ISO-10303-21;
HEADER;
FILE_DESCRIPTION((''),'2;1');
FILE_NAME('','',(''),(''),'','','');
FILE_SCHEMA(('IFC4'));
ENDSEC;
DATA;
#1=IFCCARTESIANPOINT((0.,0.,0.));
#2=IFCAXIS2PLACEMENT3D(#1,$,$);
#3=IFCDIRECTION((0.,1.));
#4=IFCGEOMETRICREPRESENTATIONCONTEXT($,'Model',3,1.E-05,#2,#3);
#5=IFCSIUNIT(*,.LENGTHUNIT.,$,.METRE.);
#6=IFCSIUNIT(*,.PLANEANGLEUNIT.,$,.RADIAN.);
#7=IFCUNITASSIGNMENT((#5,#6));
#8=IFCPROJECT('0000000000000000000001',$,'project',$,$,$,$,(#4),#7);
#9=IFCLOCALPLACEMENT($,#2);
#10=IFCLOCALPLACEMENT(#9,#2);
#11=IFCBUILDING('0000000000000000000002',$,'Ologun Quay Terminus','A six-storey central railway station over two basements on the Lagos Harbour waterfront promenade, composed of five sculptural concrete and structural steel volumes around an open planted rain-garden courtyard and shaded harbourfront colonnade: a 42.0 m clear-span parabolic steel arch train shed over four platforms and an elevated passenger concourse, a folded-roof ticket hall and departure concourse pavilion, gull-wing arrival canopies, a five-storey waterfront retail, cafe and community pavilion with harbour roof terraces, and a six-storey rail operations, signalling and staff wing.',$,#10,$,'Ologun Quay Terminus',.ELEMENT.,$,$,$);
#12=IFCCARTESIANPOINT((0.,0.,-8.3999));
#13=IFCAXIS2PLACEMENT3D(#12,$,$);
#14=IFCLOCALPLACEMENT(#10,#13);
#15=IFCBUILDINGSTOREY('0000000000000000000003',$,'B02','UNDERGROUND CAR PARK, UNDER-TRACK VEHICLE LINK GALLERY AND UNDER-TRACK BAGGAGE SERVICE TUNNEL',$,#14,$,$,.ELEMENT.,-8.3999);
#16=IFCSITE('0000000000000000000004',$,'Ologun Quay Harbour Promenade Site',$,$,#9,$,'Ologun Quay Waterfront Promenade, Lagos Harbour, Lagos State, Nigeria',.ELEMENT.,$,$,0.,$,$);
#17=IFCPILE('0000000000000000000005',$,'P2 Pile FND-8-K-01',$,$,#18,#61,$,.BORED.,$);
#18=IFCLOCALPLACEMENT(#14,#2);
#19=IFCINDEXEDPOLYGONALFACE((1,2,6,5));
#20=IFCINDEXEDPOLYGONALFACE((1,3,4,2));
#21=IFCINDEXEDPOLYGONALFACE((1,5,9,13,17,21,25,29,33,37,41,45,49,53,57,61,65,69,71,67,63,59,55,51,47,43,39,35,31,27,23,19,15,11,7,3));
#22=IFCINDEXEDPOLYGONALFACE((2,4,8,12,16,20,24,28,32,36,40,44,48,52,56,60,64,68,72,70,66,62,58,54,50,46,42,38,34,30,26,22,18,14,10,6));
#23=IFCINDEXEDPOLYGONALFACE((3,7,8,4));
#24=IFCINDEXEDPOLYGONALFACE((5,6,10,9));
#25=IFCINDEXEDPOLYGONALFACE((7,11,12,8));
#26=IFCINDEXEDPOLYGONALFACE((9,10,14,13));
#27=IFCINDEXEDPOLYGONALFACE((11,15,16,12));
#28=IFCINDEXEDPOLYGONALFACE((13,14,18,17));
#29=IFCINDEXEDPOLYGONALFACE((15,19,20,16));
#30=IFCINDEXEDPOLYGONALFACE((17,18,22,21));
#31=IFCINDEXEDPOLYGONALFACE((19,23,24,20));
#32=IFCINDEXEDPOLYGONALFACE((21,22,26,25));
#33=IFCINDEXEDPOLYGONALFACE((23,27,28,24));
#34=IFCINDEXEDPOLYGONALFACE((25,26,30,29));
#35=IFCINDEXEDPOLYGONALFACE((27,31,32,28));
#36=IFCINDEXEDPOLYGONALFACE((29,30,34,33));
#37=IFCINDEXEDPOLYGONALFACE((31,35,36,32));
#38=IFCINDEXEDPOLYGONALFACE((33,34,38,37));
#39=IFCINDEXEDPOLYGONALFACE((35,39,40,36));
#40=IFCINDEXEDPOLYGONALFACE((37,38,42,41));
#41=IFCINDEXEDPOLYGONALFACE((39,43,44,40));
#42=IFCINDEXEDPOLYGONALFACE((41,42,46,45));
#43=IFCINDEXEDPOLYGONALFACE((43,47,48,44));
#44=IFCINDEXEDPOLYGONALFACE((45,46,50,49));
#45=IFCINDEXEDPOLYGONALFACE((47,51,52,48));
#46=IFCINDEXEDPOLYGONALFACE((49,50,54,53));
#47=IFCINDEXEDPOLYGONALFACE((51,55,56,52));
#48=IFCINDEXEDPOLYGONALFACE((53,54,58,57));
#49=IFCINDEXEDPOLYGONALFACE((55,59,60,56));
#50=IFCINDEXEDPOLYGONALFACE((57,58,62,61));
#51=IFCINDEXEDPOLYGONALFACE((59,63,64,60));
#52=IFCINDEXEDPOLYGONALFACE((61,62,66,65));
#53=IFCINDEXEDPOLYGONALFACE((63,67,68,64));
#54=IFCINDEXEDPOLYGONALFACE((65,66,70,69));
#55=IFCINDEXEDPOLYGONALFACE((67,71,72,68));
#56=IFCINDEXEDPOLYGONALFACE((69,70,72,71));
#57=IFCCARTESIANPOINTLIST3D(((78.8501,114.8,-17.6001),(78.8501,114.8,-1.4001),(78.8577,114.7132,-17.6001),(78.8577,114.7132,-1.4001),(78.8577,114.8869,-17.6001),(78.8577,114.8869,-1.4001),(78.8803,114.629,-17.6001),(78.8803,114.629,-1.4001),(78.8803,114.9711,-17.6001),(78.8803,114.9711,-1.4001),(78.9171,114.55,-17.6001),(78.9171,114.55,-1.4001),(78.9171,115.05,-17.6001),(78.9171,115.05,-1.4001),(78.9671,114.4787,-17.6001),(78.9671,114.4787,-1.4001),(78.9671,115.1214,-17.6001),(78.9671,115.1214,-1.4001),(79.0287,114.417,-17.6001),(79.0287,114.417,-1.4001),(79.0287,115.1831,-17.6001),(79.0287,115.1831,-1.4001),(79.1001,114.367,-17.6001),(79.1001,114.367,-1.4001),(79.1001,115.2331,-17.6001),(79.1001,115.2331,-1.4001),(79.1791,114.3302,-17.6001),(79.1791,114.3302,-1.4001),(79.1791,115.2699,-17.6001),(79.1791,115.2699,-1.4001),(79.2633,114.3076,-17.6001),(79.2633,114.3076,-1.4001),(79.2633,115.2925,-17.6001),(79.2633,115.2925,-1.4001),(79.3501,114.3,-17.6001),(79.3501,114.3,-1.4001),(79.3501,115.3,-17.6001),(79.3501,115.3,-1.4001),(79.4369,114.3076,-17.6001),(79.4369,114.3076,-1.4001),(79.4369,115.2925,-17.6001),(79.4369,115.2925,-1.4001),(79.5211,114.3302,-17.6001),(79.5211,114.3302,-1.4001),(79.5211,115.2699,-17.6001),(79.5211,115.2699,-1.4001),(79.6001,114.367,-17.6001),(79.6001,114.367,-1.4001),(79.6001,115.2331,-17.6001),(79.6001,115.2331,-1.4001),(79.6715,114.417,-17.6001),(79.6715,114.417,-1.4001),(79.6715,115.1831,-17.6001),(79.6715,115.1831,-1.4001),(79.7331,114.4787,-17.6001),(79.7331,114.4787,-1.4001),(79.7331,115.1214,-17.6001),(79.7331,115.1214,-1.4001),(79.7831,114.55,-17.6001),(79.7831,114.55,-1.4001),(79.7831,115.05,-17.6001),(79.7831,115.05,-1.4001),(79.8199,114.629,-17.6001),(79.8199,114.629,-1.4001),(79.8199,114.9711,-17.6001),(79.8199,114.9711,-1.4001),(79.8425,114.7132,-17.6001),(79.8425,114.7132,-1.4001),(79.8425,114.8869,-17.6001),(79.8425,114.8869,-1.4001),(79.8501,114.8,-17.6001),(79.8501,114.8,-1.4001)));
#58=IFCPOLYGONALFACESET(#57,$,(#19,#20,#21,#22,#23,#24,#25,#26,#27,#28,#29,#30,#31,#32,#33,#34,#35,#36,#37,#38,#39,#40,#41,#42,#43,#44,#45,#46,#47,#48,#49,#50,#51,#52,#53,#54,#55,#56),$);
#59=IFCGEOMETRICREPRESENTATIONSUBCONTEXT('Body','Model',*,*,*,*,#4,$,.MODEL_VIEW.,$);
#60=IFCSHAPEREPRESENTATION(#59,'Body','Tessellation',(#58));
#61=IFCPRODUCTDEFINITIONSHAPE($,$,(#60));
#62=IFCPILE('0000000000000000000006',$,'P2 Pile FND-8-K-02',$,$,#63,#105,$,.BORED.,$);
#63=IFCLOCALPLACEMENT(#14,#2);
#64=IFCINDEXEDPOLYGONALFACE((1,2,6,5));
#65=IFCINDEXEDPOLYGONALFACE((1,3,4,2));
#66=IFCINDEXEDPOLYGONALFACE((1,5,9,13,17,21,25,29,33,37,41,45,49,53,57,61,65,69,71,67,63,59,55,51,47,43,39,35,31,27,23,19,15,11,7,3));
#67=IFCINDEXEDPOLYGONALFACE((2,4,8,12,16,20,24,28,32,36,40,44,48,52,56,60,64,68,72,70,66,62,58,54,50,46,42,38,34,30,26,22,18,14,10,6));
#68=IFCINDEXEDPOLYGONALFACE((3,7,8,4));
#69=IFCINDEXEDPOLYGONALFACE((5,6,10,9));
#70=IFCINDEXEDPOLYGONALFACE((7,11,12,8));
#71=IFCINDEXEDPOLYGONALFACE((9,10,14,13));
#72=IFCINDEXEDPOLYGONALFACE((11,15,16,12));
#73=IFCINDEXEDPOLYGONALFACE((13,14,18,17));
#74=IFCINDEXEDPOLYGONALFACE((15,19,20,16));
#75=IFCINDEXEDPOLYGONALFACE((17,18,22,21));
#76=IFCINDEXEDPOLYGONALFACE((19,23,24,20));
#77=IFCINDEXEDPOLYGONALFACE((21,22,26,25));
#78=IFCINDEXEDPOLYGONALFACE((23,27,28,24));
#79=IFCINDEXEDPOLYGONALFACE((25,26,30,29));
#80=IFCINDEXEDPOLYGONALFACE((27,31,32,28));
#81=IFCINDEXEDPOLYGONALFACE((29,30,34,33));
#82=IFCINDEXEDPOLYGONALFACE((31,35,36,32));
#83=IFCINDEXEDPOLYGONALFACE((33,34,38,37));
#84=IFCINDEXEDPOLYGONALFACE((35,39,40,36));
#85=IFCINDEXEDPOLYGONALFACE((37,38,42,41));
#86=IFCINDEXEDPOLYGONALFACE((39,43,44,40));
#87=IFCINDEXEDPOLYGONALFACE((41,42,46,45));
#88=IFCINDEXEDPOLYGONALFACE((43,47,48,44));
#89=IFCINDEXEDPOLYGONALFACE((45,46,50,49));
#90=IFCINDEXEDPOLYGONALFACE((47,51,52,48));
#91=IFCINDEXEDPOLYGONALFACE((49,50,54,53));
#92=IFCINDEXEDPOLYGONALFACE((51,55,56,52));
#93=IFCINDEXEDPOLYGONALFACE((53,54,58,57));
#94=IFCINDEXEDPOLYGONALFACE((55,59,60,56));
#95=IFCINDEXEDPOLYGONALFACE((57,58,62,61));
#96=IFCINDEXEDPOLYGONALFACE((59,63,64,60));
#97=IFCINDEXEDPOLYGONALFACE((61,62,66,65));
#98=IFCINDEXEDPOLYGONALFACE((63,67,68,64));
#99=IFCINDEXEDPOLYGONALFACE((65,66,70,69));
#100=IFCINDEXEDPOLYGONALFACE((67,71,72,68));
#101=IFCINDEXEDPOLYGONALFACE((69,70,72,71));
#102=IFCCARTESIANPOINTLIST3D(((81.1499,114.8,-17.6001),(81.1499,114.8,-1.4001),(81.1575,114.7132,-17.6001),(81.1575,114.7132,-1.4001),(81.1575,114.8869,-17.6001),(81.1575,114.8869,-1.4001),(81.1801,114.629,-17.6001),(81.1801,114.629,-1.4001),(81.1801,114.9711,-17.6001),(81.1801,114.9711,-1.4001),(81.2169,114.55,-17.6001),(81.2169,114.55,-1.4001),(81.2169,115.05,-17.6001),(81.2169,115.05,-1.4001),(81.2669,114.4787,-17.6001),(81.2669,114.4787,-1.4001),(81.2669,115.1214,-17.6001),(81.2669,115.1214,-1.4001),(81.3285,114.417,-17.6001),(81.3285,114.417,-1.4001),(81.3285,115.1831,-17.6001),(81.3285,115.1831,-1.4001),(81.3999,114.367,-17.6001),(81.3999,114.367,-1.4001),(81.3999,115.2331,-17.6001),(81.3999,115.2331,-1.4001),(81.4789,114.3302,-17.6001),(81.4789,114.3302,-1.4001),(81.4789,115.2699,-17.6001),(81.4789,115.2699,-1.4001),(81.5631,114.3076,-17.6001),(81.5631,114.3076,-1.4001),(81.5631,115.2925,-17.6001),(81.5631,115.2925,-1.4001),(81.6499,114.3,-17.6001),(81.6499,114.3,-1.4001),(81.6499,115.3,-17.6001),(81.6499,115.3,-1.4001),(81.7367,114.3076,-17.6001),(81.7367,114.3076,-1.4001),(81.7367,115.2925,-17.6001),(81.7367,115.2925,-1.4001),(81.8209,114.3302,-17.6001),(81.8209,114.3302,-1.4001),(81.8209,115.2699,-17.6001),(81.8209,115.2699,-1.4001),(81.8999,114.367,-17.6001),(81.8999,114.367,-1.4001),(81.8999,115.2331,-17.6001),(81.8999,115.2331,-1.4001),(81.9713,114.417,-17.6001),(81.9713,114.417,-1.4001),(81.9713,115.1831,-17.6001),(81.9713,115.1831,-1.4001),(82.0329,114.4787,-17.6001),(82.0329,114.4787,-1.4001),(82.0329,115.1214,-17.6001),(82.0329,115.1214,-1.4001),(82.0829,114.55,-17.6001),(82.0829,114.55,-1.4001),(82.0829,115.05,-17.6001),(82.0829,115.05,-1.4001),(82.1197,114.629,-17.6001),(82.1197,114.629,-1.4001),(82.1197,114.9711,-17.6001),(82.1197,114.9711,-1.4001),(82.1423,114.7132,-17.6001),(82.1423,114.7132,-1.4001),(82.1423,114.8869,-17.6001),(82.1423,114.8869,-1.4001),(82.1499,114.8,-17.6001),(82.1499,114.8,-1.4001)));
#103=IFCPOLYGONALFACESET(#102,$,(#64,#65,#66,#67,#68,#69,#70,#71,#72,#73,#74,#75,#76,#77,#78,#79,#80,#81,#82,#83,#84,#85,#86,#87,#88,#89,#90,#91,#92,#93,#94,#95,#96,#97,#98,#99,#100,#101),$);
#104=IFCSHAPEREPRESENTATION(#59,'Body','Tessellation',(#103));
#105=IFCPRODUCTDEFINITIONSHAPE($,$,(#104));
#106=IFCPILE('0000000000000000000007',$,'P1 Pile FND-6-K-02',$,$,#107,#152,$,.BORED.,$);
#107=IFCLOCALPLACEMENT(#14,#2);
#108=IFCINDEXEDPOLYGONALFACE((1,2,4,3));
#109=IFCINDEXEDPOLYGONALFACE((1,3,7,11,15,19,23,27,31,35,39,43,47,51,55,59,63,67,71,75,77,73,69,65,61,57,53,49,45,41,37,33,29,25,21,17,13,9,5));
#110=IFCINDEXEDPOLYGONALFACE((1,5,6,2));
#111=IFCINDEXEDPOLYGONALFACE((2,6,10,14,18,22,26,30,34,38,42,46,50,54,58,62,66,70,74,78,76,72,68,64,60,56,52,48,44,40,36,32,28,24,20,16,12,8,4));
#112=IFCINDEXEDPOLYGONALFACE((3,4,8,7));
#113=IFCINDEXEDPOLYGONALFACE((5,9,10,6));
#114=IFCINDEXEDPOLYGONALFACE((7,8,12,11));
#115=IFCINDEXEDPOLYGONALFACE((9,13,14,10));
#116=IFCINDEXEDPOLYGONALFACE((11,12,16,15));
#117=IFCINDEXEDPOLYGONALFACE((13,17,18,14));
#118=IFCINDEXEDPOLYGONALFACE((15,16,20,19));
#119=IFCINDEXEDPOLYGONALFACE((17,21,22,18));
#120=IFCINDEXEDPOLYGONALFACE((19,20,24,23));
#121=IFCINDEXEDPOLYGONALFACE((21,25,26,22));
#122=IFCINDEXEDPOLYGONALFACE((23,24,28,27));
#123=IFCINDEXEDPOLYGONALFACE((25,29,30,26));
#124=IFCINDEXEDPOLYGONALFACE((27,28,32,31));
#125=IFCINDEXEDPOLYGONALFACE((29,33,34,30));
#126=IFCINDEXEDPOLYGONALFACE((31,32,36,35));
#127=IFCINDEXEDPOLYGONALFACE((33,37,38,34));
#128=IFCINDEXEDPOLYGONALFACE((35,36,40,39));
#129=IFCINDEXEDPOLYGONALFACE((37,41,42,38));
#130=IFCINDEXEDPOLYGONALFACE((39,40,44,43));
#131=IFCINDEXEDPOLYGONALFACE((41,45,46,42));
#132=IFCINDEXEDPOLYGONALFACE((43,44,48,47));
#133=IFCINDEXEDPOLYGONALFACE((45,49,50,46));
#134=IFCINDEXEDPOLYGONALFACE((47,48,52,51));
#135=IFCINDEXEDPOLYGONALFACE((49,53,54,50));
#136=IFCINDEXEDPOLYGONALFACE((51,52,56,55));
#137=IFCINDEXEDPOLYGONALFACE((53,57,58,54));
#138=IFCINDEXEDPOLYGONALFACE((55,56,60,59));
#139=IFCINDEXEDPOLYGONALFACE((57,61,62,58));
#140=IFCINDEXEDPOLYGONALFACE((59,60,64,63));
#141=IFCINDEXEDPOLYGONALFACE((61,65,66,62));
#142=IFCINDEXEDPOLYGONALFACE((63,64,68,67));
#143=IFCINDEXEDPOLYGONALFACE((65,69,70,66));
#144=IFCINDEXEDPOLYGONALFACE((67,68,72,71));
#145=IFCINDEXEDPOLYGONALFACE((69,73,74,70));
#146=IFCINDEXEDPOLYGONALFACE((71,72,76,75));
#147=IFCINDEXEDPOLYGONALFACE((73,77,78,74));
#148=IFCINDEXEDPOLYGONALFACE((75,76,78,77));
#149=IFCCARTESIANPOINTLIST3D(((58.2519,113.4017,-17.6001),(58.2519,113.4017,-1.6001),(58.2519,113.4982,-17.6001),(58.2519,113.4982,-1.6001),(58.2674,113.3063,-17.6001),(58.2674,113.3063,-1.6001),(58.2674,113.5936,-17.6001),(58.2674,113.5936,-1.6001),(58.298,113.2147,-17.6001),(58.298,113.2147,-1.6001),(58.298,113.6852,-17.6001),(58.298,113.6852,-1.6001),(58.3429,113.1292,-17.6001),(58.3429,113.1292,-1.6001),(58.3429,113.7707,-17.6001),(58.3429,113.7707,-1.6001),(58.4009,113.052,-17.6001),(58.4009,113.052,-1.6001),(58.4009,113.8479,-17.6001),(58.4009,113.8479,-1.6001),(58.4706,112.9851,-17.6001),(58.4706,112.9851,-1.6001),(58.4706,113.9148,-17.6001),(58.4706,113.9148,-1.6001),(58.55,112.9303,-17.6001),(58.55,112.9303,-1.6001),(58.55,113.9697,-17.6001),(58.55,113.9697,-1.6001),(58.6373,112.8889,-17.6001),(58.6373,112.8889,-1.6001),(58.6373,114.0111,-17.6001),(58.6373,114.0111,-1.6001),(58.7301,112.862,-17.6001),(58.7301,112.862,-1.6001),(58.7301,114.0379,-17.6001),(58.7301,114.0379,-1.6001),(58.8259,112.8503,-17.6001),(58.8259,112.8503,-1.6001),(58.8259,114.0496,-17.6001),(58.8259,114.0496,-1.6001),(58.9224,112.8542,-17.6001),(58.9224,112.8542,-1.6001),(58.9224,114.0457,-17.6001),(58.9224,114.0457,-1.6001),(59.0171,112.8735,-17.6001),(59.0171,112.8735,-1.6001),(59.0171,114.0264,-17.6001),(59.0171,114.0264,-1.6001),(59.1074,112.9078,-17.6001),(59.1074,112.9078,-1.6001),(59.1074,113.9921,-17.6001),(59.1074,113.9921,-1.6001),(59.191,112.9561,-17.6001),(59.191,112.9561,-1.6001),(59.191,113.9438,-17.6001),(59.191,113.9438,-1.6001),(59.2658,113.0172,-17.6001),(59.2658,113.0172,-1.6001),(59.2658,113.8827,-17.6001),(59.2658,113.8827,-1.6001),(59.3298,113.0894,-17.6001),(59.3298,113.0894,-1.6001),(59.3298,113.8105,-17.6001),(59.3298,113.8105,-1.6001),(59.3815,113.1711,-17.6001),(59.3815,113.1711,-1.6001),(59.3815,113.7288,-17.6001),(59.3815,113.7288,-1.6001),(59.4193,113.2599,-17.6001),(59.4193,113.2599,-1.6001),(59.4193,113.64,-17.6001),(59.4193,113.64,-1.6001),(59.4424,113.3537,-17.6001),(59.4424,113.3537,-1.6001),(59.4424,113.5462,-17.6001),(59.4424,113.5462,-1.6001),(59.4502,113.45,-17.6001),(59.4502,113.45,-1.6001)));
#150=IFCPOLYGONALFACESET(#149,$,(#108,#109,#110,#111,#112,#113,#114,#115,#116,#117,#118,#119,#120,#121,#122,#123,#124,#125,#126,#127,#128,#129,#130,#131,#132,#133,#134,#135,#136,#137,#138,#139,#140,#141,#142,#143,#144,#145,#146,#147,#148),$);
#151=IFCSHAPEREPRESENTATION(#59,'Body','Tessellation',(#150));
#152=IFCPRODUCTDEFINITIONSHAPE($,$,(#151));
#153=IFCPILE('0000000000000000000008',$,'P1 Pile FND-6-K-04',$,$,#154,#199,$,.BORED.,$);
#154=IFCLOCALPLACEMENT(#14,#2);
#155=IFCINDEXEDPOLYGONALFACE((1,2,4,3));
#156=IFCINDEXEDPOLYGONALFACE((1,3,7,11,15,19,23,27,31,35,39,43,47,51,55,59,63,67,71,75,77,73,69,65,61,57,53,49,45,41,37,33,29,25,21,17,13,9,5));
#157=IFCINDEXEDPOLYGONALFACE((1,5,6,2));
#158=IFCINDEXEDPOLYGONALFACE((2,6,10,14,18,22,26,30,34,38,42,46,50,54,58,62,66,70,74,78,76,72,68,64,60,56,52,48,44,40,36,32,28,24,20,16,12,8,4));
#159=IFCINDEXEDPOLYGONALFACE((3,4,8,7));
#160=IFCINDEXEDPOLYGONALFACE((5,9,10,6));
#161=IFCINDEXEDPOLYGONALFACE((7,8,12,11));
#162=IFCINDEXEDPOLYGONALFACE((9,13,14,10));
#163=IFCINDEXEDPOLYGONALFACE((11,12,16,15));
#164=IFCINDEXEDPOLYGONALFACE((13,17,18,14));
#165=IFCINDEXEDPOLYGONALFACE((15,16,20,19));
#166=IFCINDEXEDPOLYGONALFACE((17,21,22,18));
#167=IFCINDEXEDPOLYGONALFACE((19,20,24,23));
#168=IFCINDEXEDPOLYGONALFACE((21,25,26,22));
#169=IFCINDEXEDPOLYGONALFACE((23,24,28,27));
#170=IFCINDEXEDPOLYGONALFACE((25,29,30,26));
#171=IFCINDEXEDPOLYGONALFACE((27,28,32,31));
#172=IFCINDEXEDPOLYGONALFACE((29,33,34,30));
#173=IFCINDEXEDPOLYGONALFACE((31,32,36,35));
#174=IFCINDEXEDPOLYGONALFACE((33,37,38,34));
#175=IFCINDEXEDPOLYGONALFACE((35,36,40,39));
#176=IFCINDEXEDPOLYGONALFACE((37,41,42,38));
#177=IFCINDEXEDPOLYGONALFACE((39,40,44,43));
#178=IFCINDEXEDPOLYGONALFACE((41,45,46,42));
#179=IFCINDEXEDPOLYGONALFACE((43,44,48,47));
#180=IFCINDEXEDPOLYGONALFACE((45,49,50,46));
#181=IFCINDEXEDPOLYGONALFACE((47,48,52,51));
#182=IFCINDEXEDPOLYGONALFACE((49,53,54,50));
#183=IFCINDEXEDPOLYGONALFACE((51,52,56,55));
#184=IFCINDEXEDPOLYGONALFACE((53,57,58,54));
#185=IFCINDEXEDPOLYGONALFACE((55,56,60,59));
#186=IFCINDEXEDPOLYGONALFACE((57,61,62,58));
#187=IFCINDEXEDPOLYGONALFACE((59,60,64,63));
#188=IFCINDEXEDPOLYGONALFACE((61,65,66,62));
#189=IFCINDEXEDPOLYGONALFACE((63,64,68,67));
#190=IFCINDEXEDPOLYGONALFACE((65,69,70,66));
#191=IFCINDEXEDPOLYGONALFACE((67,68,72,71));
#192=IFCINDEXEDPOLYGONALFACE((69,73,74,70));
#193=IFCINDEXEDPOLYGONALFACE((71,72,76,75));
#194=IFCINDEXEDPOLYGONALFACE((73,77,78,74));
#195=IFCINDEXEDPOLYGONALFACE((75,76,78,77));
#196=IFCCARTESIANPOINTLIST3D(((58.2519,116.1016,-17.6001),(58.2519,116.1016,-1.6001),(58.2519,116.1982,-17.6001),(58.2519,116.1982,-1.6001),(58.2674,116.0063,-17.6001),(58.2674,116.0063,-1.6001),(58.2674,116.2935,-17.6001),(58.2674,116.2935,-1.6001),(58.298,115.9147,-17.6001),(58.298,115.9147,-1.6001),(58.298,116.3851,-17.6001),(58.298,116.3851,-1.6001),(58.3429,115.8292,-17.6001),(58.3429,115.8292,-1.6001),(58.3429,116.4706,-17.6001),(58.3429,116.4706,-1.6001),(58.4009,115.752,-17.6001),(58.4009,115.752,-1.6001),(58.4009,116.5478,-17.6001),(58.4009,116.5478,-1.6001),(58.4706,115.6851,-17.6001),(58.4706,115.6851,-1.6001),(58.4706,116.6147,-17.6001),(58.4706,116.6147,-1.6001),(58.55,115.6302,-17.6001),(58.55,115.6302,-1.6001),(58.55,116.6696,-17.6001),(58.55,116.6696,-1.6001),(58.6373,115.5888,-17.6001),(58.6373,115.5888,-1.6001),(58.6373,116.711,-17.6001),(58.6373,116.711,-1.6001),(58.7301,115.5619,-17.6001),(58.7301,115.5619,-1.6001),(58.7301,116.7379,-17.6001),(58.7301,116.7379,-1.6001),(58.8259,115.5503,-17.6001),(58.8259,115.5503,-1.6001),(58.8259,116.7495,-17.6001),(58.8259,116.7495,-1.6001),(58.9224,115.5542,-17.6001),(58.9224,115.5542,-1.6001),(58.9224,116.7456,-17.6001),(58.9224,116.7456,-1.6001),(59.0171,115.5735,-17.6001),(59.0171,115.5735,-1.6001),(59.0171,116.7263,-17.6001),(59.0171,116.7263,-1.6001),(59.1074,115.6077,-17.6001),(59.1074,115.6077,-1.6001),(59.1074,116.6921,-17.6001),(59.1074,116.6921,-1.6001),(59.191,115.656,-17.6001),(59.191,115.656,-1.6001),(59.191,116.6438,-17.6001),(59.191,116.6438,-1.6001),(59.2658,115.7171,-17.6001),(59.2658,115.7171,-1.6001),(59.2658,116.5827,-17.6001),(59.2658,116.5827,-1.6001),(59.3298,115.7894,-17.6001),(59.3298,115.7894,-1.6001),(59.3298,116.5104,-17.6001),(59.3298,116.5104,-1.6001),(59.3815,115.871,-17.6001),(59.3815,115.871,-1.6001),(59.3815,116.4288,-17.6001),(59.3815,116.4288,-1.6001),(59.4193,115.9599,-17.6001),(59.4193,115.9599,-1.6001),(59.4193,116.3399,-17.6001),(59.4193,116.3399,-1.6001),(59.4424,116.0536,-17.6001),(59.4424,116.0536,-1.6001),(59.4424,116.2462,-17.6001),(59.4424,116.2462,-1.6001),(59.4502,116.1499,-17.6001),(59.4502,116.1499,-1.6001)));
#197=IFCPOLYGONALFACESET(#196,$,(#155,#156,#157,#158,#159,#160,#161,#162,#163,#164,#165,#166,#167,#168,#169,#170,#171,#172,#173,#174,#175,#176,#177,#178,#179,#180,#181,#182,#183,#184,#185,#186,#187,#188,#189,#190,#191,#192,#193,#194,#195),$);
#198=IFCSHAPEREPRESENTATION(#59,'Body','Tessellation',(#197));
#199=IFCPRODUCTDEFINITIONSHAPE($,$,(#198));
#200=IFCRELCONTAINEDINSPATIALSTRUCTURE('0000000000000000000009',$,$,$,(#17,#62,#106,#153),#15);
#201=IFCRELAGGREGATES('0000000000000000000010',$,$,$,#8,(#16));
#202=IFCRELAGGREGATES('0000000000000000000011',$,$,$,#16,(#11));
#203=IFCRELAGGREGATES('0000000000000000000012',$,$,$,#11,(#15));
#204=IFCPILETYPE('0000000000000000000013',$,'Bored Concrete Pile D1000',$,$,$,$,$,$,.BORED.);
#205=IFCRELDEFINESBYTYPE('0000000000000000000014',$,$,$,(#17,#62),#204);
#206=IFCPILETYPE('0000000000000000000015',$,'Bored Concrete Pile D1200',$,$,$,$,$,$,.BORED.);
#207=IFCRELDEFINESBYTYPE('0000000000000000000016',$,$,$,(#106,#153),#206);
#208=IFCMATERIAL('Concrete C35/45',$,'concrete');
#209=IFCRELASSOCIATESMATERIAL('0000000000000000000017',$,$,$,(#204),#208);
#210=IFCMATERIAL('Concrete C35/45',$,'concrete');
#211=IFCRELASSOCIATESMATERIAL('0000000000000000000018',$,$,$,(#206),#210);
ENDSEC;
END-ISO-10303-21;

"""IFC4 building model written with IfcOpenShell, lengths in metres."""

from ifc_helpers import new_model, si_unit, direction, frame, origin, origin_2d, place, context, subcontext, project, spatial, circle, extrude, material, material_profile, profile_set, type_object, element, save


model = new_model("IFC4")

# Units and contexts
model_context = context("Model", 3, precision=1e-05, world=origin(), true_north=direction((0.0, 1.0)))
body_context = subcontext(model_context, "Body", "Model", "MODEL_VIEW")
ifc_project = project(units=[si_unit("LENGTHUNIT", "METRE"), si_unit("PLANEANGLEUNIT", "RADIAN")], contexts=[model_context])

# Site, building, storey
site_placement = place(None, origin())
site = spatial("IfcSite", under=ifc_project, at=site_placement, Name="Ologun Quay Harbour Promenade Site", LongName="Ologun Quay Waterfront Promenade, Lagos Harbour, Lagos State, Nigeria", CompositionType="ELEMENT", RefElevation=0.0)
building_placement = place(site_placement, origin())
building = spatial("IfcBuilding", under=site, at=building_placement, Name="Ologun Quay Terminus", Description="A six-storey central railway station over two basements on the Lagos Harbour waterfront promenade, composed of five sculptural concrete and structural steel volumes around an open planted rain-garden courtyard and shaded harbourfront colonnade: a 42.0 m clear-span parabolic steel arch train shed over four platforms and an elevated passenger concourse, a folded-roof ticket hall and departure concourse pavilion, gull-wing arrival canopies, a five-storey waterfront retail, cafe and community pavilion with harbour roof terraces, and a six-storey rail operations, signalling and staff wing.", LongName="Ologun Quay Terminus", CompositionType="ELEMENT")
storey_placement = place(building_placement, frame((0.0, 0.0, -8.3999)))
storey = spatial("IfcBuildingStorey", under=building, at=storey_placement, Name="B02", Description="UNDERGROUND CAR PARK, UNDER-TRACK VEHICLE LINK GALLERY AND UNDER-TRACK BAGGAGE SERVICE TUNNEL", CompositionType="ELEMENT", Elevation=-8.3999)

# Piles
ifc_material_1 = material(Name="Concrete C35/45", Category="concrete")
ifc_material_profile_1 = material_profile(ifc_material_1, circle(Radius=0.5, at=origin_2d()), Name="PILE D1000")
ifc_profile_set_1 = profile_set([ifc_material_profile_1], Name="Concrete C35/45")
pile_type_1 = type_object("IfcPileType", Name="Bored Concrete Pile D1000", PredefinedType="BORED", material=ifc_profile_set_1)
for number, where, z_axis, x_axis, name in (
    (1, (79.3501, 114.8, -1.4001), (0.0, 0.0, -1.0), (1.0, 0.0, 0.0), "P2 Pile FND-8-K-01"),
    (2, (81.6499, 114.8, -1.4001), (0.0, 0.0, -1.0), (1.0, 0.0, 0.0), "P2 Pile FND-8-K-02"),
):
    element("IfcPile", number, at=place(storey_placement, frame(where, z_axis=z_axis, x_axis=x_axis)), inside=storey, type_object=pile_type_1, Name=name, PredefinedType="BORED", context=body_context, shape_type="SweptSolid", body=[
        extrude(circle(Radius=0.5, at=origin_2d()), origin(), (0.0, 0.0, 1.0), 16.2),
    ])
ifc_material_2 = material(Name="Concrete C35/45", Category="concrete")
ifc_material_profile_2 = material_profile(ifc_material_2, circle(Radius=0.6001, at=origin_2d()), Name="PILE D1200")
ifc_profile_set_2 = profile_set([ifc_material_profile_2], Name="Concrete C35/45")
pile_type_2 = type_object("IfcPileType", Name="Bored Concrete Pile D1200", PredefinedType="BORED", material=ifc_profile_set_2)
for number, where, z_axis, x_axis, name in (
    (3, (58.8501, 113.45, -1.6001), (0.0, 0.0, -1.0), (1.0, 0.0, 0.0), "P1 Pile FND-6-K-02"),
    (4, (58.8501, 116.1499, -1.6001), (0.0, 0.0, -1.0), (1.0, 0.0, 0.0), "P1 Pile FND-6-K-04"),
):
    element("IfcPile", number, at=place(storey_placement, frame(where, z_axis=z_axis, x_axis=x_axis)), inside=storey, type_object=pile_type_2, Name=name, PredefinedType="BORED", context=body_context, shape_type="SweptSolid", body=[
        extrude(circle(Radius=0.6001, at=origin_2d()), origin(), (0.0, 0.0, 1.0), 16.0),
    ])

save(model, "model.ifc")
